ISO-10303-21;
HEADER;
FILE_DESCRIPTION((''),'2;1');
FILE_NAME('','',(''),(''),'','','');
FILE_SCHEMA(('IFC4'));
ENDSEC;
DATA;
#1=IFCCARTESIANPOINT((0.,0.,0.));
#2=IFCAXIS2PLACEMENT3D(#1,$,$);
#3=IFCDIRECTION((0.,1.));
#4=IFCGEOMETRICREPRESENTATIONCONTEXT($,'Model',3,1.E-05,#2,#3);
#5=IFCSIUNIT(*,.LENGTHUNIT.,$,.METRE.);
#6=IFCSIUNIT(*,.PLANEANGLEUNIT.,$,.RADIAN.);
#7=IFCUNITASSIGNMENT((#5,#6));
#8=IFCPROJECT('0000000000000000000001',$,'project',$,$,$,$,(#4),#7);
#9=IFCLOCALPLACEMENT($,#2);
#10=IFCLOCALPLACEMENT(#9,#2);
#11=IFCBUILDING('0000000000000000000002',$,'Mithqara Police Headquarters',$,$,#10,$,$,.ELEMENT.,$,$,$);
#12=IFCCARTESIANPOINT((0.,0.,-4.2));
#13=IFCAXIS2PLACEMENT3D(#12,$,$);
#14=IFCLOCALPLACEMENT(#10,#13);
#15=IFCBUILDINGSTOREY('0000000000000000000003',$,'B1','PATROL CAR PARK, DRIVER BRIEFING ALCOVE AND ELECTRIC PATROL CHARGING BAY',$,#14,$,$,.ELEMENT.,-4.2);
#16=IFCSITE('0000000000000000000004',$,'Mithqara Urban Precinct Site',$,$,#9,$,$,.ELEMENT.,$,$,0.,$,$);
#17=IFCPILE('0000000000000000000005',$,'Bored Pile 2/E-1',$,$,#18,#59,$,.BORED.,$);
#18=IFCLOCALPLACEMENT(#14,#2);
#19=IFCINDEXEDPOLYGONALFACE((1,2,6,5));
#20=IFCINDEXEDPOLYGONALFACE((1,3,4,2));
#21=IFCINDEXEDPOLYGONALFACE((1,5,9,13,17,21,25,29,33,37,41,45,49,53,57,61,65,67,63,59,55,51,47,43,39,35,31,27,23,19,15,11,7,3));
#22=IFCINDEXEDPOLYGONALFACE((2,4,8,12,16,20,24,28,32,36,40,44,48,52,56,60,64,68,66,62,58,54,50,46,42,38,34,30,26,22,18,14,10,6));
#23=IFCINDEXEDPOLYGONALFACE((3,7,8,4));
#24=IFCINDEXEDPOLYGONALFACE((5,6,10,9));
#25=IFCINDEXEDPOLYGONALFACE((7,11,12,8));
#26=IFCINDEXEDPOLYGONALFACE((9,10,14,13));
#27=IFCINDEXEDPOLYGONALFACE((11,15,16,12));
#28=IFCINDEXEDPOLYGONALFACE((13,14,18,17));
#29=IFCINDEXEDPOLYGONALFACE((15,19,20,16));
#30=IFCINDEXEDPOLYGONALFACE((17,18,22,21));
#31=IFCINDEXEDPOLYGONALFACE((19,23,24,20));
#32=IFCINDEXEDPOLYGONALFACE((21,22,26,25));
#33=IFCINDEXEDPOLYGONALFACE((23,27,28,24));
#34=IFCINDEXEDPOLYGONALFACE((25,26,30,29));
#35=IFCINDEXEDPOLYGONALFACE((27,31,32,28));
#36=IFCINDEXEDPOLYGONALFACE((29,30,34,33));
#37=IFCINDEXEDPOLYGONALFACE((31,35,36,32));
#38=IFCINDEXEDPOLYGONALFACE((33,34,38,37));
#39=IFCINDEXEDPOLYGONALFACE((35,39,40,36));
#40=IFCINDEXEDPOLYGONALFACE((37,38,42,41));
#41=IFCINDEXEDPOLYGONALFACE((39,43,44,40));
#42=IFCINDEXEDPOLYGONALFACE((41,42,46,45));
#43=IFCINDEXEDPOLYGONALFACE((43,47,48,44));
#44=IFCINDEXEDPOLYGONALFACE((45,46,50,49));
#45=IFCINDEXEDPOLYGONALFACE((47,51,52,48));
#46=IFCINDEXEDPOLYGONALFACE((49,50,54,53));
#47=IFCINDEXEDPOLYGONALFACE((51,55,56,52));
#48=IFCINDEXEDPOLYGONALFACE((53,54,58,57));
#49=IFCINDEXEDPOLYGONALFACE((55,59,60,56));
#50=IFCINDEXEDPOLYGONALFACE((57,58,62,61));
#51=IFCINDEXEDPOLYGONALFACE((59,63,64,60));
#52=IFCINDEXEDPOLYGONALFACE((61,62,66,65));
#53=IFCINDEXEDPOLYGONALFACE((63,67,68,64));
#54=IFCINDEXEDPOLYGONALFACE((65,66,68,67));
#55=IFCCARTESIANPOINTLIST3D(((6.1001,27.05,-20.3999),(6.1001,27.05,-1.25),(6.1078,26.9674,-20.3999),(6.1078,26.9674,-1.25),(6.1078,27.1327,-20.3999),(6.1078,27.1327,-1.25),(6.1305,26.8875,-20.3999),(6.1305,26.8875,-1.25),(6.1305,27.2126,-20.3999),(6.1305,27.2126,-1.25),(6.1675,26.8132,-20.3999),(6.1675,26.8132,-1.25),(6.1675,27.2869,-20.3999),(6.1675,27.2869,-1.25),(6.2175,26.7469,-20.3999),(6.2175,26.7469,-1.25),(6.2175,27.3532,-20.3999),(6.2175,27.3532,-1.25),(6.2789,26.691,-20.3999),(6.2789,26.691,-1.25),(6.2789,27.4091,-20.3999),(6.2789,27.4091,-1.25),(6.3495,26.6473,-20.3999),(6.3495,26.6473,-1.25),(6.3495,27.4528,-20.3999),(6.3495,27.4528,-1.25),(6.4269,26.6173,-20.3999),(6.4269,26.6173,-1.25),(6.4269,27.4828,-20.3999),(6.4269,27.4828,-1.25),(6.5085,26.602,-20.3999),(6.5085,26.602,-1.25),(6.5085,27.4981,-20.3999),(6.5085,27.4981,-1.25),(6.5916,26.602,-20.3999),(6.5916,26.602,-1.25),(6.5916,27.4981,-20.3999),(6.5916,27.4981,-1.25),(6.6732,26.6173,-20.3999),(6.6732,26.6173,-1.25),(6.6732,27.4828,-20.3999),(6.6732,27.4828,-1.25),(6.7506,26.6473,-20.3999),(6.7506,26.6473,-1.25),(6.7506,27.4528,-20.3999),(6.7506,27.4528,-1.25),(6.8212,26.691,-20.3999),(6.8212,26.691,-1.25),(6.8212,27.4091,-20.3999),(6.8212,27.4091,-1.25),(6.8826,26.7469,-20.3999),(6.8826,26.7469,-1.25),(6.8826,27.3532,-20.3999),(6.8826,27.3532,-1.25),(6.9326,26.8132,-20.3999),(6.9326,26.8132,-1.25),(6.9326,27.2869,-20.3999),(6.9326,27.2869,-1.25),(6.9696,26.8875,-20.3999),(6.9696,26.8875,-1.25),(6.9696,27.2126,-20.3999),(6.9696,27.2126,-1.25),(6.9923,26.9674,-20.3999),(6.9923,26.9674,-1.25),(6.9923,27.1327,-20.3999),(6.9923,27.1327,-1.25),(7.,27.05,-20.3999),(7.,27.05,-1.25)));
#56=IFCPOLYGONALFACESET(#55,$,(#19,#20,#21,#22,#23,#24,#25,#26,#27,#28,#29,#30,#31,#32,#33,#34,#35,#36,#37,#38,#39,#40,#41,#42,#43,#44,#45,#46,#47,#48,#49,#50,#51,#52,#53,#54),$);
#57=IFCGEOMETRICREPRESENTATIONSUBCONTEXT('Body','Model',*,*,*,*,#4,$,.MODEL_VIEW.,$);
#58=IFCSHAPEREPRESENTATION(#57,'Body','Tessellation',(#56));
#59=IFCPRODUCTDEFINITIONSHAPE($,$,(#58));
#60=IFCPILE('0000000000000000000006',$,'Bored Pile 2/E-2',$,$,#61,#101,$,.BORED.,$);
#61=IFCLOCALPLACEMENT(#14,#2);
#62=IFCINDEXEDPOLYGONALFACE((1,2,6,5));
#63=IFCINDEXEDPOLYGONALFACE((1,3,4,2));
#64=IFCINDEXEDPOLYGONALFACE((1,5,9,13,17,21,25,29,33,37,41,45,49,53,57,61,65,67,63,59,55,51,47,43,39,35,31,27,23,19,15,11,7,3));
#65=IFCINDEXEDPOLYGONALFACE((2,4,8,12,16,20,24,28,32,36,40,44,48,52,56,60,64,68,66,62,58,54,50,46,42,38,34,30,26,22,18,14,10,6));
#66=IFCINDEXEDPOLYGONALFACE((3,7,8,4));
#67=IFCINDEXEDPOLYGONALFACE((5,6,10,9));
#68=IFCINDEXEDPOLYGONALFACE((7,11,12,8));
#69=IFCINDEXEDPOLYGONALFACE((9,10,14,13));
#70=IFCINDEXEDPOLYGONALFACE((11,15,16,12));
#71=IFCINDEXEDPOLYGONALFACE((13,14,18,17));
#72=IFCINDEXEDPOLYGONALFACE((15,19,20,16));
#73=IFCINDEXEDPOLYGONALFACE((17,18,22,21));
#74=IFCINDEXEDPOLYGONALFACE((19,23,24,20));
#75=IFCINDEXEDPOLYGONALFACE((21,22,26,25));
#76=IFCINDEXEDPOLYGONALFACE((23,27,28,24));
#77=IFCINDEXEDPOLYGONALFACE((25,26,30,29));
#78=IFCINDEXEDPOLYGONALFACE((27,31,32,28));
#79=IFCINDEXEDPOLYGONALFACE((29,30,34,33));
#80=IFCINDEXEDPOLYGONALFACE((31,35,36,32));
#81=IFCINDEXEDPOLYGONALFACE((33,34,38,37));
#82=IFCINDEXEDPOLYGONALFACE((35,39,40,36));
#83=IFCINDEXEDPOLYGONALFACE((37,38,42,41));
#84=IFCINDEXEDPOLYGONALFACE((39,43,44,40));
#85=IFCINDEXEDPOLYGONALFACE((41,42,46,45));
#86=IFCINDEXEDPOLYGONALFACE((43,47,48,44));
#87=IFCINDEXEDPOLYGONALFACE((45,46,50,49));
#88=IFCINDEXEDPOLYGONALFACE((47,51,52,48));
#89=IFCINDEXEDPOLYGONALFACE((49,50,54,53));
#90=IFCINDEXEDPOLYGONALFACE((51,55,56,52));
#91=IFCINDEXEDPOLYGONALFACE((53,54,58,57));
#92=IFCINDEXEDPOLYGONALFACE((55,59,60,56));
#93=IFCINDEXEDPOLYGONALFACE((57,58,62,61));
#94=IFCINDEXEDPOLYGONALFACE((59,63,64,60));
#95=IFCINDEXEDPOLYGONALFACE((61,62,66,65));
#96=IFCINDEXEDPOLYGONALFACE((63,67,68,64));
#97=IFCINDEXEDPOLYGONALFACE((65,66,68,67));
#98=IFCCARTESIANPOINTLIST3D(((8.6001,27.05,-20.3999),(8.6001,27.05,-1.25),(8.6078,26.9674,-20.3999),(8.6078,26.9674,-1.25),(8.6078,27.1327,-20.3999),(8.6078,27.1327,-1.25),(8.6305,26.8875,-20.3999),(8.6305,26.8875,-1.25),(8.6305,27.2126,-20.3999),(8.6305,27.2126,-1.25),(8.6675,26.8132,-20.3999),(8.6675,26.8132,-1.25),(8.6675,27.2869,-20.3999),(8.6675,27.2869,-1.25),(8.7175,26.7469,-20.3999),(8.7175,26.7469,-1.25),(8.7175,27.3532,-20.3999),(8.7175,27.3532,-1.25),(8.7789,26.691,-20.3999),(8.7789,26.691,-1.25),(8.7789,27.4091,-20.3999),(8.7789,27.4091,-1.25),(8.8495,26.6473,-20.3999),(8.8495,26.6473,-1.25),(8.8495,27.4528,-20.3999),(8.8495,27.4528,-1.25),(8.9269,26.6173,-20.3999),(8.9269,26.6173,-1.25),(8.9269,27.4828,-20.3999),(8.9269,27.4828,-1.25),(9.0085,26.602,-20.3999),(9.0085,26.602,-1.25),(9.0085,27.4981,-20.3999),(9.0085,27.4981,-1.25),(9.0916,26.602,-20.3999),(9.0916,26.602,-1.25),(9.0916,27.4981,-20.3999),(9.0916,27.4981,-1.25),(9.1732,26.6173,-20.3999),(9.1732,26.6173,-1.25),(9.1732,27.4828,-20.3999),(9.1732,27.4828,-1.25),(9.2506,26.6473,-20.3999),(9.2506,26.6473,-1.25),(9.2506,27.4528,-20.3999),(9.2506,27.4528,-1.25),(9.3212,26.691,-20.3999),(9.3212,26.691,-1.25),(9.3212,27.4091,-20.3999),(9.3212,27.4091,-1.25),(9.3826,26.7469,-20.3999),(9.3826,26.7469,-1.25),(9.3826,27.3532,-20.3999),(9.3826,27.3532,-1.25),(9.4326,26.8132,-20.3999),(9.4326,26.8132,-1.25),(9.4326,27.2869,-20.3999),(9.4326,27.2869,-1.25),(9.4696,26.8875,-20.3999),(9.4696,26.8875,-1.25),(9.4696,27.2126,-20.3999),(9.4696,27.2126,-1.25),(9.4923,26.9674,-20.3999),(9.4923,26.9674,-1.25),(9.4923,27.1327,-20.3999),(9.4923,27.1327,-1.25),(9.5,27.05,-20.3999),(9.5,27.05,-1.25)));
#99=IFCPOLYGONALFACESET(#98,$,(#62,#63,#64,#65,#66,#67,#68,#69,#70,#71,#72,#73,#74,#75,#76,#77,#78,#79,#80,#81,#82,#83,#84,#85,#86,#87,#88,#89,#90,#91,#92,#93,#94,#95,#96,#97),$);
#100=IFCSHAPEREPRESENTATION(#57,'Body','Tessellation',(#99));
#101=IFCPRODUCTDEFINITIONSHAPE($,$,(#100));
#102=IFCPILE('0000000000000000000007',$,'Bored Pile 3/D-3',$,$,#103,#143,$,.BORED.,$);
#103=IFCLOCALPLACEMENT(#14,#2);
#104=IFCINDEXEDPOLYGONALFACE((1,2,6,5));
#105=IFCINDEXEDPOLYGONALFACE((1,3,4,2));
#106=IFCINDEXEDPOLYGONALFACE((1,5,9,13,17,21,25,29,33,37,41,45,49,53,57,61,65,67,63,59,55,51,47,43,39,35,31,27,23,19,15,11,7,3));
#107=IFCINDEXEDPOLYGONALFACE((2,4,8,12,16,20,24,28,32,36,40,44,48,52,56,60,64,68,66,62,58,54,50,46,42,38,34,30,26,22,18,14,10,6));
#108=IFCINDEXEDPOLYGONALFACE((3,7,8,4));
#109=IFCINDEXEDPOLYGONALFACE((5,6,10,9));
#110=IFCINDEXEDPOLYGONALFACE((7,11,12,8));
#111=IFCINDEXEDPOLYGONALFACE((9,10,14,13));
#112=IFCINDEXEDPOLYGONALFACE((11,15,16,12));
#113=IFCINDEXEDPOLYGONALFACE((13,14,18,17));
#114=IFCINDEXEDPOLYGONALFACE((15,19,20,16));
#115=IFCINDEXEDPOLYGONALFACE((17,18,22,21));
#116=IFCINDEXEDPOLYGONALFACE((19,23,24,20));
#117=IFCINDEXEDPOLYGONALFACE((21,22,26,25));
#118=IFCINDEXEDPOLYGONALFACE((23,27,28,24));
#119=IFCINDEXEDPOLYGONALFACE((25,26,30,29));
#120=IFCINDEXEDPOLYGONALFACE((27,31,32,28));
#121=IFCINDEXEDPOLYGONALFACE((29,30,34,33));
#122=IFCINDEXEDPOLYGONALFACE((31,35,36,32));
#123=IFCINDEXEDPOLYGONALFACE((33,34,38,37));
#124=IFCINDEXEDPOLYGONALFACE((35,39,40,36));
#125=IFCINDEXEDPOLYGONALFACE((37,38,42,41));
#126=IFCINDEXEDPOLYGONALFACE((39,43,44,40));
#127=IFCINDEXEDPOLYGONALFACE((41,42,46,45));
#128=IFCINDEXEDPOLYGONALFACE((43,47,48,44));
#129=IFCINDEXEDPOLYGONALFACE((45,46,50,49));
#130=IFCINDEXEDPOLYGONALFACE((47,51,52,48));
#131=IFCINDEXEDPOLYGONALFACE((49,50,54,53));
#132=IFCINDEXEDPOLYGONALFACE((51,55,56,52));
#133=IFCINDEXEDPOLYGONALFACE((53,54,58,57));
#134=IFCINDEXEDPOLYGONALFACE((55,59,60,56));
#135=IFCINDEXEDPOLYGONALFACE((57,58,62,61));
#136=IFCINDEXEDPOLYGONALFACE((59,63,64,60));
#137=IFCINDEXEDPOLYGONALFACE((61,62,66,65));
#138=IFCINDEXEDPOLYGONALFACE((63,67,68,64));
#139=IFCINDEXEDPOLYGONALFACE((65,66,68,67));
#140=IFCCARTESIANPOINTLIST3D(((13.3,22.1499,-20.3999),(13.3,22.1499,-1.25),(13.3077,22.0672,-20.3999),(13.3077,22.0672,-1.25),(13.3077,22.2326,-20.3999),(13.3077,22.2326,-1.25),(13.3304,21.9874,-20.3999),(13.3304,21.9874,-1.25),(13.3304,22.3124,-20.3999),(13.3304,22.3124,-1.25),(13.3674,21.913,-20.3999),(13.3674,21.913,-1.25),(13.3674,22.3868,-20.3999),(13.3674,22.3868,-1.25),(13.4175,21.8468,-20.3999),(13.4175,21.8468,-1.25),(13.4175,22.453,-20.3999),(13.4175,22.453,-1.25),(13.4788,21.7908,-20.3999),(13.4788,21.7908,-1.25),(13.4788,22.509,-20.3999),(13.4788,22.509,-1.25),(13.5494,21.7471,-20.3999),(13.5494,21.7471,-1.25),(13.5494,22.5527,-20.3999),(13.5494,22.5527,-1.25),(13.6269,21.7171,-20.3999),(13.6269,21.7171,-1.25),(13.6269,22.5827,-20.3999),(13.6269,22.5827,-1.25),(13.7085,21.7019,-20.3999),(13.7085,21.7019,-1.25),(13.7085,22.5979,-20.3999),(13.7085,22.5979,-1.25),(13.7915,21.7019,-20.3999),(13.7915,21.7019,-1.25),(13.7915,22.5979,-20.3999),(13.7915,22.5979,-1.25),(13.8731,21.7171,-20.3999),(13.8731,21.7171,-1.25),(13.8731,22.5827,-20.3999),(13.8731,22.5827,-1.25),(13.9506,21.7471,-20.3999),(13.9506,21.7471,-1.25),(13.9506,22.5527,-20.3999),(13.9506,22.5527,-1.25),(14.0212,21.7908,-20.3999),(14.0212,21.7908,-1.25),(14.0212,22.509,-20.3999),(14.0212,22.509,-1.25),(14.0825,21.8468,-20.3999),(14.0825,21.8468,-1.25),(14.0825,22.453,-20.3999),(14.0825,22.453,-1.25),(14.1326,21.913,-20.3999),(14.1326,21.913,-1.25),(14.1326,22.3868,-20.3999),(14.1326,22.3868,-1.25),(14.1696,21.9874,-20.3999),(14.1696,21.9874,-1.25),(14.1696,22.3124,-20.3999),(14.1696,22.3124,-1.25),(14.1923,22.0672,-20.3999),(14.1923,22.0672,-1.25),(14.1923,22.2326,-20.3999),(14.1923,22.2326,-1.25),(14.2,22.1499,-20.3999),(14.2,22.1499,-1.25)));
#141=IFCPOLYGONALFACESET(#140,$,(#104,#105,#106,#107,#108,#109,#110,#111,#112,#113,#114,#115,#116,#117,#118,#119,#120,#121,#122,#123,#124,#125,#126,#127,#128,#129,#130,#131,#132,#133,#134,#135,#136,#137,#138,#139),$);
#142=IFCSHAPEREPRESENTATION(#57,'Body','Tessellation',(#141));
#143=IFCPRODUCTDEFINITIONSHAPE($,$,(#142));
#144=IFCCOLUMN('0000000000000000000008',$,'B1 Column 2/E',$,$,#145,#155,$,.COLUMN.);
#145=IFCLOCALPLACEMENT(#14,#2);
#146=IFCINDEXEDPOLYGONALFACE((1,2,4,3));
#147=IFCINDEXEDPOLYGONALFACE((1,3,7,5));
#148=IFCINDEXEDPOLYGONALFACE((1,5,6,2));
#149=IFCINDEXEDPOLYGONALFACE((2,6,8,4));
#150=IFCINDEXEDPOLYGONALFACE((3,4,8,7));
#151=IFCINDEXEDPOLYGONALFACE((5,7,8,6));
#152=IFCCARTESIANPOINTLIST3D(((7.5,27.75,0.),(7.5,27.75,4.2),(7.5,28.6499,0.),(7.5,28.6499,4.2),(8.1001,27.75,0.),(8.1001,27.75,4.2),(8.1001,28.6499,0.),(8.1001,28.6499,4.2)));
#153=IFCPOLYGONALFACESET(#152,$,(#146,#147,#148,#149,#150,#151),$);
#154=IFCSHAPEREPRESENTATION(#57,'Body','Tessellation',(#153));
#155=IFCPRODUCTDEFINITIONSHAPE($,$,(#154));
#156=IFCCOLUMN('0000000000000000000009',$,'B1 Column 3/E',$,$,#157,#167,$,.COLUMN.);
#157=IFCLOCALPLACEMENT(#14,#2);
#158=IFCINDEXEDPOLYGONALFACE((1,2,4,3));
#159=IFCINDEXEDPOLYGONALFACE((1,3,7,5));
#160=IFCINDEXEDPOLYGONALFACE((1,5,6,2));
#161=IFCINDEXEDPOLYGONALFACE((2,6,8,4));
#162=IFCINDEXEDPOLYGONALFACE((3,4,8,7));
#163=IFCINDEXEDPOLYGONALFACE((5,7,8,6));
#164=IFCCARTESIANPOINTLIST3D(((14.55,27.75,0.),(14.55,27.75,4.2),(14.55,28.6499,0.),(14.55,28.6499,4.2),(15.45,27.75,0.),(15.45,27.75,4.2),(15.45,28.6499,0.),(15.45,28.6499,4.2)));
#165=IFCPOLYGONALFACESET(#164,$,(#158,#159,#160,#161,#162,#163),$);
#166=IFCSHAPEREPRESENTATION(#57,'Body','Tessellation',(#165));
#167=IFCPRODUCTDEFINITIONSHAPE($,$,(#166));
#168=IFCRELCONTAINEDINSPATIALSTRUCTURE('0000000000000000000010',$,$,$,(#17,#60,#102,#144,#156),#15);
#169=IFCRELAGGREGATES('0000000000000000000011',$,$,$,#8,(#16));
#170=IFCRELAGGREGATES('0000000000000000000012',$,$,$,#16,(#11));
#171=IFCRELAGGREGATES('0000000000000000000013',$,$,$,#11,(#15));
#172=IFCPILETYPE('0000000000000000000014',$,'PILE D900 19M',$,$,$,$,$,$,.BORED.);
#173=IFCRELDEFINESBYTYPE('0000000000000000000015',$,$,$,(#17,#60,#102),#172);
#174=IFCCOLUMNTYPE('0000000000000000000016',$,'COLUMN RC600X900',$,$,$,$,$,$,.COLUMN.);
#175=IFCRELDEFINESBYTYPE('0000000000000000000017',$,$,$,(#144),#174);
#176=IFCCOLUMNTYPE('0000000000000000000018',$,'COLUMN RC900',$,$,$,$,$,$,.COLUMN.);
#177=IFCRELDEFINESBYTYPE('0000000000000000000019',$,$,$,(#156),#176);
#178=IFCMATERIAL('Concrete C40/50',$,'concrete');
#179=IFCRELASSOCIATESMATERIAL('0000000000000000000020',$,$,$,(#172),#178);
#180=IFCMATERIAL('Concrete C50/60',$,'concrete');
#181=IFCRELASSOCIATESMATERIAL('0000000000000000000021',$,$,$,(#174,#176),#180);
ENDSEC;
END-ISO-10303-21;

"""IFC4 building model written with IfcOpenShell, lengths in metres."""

from ifc_helpers import new_model, si_unit, direction, frame, origin, origin_2d, place, context, subcontext, project, spatial, rectangle, circle, extrude, material, material_profile, profile_set, type_object, element, save


model = new_model("IFC4")

# Units and contexts
model_context = context("Model", 3, precision=1e-05, world=origin(), true_north=direction((0.0, 1.0)))
body_context = subcontext(model_context, "Body", "Model", "MODEL_VIEW")
ifc_project = project(units=[si_unit("LENGTHUNIT", "METRE"), si_unit("PLANEANGLEUNIT", "RADIAN")], contexts=[model_context])

# Site, building, storey
site_placement = place(None, origin())
site = spatial("IfcSite", under=ifc_project, at=site_placement, Name="Mithqara Urban Precinct Site", CompositionType="ELEMENT", RefElevation=0.0)
building_placement = place(site_placement, origin())
building = spatial("IfcBuilding", under=site, at=building_placement, Name="Mithqara Police Headquarters", CompositionType="ELEMENT")
storey_placement = place(building_placement, frame((0.0, 0.0, -4.2)))
storey = spatial("IfcBuildingStorey", under=building, at=storey_placement, Name="B1", Description="PATROL CAR PARK, DRIVER BRIEFING ALCOVE AND ELECTRIC PATROL CHARGING BAY", CompositionType="ELEMENT", Elevation=-4.2)

# Shared definitions
ifc_material_1 = material(Name="Concrete C40/50", Category="concrete")

# Piles
ifc_material_profile_1 = material_profile(ifc_material_1, circle(Radius=0.45, at=origin_2d()), Name="PILE D900")
ifc_profile_set_1 = profile_set([ifc_material_profile_1], Name="Concrete C40/50")
pile_type_1 = type_object("IfcPileType", Name="PILE D900 19M", PredefinedType="BORED", material=ifc_profile_set_1)
for number, where, z_axis, x_axis, name in (
    (1, (6.55, 27.05, -1.25), (0.0, 0.0, -1.0), (1.0, 0.0, 0.0), "Bored Pile 2/E-1"),
    (2, (9.05, 27.05, -1.25), (0.0, 0.0, -1.0), (1.0, 0.0, 0.0), "Bored Pile 2/E-2"),
    (3, (13.75, 22.1499, -1.25), (0.0, 0.0, -1.0), (1.0, 0.0, 0.0), "Bored Pile 3/D-3"),
):
    element("IfcPile", number, at=place(storey_placement, frame(where, z_axis=z_axis, x_axis=x_axis)), inside=storey, type_object=pile_type_1, Name=name, PredefinedType="BORED", context=body_context, shape_type="SweptSolid", body=[
        extrude(circle(Radius=0.45, at=origin_2d()), origin(), (0.0, 0.0, 1.0), 19.1499),
    ])

# Columns
ifc_material_2 = material(Name="Concrete C50/60", Category="concrete")
ifc_material_profile_2 = material_profile(ifc_material_2, rectangle(XDim=0.6001, YDim=0.8999, at=origin_2d()), Name="RC 600x900")
ifc_profile_set_2 = profile_set([ifc_material_profile_2], Name="Concrete C50/60")
column_type_1 = type_object("IfcColumnType", Name="COLUMN RC600X900", PredefinedType="COLUMN", material=ifc_profile_set_2)
column_1_placement = place(storey_placement, frame((7.8, 28.2, 0.0), z_axis=(0.0, 0.0, 1.0), x_axis=(1.0, 0.0, 0.0)))
element("IfcColumn", 4, at=column_1_placement, inside=storey, type_object=column_type_1, Name="B1 Column 2/E", PredefinedType="COLUMN", context=body_context, shape_type="SweptSolid", body=[
    extrude(rectangle(XDim=0.6001, YDim=0.8999, at=origin_2d()), origin(), (0.0, 0.0, 1.0), 4.2),
])
ifc_material_profile_3 = material_profile(ifc_material_2, rectangle(XDim=0.8999, YDim=0.8999, at=origin_2d()), Name="RC 900x900")
ifc_profile_set_3 = profile_set([ifc_material_profile_3], Name="Concrete C50/60")
column_type_2 = type_object("IfcColumnType", Name="COLUMN RC900", PredefinedType="COLUMN", material=ifc_profile_set_3)
column_2_placement = place(storey_placement, frame((15.0, 28.2, 0.0), z_axis=(0.0, 0.0, 1.0), x_axis=(1.0, 0.0, 0.0)))
element("IfcColumn", 5, at=column_2_placement, inside=storey, type_object=column_type_2, Name="B1 Column 3/E", PredefinedType="COLUMN", context=body_context, shape_type="SweptSolid", body=[
    extrude(rectangle(XDim=0.8999, YDim=0.8999, at=origin_2d()), origin(), (0.0, 0.0, 1.0), 4.2),
])

save(model, "model.ifc")
